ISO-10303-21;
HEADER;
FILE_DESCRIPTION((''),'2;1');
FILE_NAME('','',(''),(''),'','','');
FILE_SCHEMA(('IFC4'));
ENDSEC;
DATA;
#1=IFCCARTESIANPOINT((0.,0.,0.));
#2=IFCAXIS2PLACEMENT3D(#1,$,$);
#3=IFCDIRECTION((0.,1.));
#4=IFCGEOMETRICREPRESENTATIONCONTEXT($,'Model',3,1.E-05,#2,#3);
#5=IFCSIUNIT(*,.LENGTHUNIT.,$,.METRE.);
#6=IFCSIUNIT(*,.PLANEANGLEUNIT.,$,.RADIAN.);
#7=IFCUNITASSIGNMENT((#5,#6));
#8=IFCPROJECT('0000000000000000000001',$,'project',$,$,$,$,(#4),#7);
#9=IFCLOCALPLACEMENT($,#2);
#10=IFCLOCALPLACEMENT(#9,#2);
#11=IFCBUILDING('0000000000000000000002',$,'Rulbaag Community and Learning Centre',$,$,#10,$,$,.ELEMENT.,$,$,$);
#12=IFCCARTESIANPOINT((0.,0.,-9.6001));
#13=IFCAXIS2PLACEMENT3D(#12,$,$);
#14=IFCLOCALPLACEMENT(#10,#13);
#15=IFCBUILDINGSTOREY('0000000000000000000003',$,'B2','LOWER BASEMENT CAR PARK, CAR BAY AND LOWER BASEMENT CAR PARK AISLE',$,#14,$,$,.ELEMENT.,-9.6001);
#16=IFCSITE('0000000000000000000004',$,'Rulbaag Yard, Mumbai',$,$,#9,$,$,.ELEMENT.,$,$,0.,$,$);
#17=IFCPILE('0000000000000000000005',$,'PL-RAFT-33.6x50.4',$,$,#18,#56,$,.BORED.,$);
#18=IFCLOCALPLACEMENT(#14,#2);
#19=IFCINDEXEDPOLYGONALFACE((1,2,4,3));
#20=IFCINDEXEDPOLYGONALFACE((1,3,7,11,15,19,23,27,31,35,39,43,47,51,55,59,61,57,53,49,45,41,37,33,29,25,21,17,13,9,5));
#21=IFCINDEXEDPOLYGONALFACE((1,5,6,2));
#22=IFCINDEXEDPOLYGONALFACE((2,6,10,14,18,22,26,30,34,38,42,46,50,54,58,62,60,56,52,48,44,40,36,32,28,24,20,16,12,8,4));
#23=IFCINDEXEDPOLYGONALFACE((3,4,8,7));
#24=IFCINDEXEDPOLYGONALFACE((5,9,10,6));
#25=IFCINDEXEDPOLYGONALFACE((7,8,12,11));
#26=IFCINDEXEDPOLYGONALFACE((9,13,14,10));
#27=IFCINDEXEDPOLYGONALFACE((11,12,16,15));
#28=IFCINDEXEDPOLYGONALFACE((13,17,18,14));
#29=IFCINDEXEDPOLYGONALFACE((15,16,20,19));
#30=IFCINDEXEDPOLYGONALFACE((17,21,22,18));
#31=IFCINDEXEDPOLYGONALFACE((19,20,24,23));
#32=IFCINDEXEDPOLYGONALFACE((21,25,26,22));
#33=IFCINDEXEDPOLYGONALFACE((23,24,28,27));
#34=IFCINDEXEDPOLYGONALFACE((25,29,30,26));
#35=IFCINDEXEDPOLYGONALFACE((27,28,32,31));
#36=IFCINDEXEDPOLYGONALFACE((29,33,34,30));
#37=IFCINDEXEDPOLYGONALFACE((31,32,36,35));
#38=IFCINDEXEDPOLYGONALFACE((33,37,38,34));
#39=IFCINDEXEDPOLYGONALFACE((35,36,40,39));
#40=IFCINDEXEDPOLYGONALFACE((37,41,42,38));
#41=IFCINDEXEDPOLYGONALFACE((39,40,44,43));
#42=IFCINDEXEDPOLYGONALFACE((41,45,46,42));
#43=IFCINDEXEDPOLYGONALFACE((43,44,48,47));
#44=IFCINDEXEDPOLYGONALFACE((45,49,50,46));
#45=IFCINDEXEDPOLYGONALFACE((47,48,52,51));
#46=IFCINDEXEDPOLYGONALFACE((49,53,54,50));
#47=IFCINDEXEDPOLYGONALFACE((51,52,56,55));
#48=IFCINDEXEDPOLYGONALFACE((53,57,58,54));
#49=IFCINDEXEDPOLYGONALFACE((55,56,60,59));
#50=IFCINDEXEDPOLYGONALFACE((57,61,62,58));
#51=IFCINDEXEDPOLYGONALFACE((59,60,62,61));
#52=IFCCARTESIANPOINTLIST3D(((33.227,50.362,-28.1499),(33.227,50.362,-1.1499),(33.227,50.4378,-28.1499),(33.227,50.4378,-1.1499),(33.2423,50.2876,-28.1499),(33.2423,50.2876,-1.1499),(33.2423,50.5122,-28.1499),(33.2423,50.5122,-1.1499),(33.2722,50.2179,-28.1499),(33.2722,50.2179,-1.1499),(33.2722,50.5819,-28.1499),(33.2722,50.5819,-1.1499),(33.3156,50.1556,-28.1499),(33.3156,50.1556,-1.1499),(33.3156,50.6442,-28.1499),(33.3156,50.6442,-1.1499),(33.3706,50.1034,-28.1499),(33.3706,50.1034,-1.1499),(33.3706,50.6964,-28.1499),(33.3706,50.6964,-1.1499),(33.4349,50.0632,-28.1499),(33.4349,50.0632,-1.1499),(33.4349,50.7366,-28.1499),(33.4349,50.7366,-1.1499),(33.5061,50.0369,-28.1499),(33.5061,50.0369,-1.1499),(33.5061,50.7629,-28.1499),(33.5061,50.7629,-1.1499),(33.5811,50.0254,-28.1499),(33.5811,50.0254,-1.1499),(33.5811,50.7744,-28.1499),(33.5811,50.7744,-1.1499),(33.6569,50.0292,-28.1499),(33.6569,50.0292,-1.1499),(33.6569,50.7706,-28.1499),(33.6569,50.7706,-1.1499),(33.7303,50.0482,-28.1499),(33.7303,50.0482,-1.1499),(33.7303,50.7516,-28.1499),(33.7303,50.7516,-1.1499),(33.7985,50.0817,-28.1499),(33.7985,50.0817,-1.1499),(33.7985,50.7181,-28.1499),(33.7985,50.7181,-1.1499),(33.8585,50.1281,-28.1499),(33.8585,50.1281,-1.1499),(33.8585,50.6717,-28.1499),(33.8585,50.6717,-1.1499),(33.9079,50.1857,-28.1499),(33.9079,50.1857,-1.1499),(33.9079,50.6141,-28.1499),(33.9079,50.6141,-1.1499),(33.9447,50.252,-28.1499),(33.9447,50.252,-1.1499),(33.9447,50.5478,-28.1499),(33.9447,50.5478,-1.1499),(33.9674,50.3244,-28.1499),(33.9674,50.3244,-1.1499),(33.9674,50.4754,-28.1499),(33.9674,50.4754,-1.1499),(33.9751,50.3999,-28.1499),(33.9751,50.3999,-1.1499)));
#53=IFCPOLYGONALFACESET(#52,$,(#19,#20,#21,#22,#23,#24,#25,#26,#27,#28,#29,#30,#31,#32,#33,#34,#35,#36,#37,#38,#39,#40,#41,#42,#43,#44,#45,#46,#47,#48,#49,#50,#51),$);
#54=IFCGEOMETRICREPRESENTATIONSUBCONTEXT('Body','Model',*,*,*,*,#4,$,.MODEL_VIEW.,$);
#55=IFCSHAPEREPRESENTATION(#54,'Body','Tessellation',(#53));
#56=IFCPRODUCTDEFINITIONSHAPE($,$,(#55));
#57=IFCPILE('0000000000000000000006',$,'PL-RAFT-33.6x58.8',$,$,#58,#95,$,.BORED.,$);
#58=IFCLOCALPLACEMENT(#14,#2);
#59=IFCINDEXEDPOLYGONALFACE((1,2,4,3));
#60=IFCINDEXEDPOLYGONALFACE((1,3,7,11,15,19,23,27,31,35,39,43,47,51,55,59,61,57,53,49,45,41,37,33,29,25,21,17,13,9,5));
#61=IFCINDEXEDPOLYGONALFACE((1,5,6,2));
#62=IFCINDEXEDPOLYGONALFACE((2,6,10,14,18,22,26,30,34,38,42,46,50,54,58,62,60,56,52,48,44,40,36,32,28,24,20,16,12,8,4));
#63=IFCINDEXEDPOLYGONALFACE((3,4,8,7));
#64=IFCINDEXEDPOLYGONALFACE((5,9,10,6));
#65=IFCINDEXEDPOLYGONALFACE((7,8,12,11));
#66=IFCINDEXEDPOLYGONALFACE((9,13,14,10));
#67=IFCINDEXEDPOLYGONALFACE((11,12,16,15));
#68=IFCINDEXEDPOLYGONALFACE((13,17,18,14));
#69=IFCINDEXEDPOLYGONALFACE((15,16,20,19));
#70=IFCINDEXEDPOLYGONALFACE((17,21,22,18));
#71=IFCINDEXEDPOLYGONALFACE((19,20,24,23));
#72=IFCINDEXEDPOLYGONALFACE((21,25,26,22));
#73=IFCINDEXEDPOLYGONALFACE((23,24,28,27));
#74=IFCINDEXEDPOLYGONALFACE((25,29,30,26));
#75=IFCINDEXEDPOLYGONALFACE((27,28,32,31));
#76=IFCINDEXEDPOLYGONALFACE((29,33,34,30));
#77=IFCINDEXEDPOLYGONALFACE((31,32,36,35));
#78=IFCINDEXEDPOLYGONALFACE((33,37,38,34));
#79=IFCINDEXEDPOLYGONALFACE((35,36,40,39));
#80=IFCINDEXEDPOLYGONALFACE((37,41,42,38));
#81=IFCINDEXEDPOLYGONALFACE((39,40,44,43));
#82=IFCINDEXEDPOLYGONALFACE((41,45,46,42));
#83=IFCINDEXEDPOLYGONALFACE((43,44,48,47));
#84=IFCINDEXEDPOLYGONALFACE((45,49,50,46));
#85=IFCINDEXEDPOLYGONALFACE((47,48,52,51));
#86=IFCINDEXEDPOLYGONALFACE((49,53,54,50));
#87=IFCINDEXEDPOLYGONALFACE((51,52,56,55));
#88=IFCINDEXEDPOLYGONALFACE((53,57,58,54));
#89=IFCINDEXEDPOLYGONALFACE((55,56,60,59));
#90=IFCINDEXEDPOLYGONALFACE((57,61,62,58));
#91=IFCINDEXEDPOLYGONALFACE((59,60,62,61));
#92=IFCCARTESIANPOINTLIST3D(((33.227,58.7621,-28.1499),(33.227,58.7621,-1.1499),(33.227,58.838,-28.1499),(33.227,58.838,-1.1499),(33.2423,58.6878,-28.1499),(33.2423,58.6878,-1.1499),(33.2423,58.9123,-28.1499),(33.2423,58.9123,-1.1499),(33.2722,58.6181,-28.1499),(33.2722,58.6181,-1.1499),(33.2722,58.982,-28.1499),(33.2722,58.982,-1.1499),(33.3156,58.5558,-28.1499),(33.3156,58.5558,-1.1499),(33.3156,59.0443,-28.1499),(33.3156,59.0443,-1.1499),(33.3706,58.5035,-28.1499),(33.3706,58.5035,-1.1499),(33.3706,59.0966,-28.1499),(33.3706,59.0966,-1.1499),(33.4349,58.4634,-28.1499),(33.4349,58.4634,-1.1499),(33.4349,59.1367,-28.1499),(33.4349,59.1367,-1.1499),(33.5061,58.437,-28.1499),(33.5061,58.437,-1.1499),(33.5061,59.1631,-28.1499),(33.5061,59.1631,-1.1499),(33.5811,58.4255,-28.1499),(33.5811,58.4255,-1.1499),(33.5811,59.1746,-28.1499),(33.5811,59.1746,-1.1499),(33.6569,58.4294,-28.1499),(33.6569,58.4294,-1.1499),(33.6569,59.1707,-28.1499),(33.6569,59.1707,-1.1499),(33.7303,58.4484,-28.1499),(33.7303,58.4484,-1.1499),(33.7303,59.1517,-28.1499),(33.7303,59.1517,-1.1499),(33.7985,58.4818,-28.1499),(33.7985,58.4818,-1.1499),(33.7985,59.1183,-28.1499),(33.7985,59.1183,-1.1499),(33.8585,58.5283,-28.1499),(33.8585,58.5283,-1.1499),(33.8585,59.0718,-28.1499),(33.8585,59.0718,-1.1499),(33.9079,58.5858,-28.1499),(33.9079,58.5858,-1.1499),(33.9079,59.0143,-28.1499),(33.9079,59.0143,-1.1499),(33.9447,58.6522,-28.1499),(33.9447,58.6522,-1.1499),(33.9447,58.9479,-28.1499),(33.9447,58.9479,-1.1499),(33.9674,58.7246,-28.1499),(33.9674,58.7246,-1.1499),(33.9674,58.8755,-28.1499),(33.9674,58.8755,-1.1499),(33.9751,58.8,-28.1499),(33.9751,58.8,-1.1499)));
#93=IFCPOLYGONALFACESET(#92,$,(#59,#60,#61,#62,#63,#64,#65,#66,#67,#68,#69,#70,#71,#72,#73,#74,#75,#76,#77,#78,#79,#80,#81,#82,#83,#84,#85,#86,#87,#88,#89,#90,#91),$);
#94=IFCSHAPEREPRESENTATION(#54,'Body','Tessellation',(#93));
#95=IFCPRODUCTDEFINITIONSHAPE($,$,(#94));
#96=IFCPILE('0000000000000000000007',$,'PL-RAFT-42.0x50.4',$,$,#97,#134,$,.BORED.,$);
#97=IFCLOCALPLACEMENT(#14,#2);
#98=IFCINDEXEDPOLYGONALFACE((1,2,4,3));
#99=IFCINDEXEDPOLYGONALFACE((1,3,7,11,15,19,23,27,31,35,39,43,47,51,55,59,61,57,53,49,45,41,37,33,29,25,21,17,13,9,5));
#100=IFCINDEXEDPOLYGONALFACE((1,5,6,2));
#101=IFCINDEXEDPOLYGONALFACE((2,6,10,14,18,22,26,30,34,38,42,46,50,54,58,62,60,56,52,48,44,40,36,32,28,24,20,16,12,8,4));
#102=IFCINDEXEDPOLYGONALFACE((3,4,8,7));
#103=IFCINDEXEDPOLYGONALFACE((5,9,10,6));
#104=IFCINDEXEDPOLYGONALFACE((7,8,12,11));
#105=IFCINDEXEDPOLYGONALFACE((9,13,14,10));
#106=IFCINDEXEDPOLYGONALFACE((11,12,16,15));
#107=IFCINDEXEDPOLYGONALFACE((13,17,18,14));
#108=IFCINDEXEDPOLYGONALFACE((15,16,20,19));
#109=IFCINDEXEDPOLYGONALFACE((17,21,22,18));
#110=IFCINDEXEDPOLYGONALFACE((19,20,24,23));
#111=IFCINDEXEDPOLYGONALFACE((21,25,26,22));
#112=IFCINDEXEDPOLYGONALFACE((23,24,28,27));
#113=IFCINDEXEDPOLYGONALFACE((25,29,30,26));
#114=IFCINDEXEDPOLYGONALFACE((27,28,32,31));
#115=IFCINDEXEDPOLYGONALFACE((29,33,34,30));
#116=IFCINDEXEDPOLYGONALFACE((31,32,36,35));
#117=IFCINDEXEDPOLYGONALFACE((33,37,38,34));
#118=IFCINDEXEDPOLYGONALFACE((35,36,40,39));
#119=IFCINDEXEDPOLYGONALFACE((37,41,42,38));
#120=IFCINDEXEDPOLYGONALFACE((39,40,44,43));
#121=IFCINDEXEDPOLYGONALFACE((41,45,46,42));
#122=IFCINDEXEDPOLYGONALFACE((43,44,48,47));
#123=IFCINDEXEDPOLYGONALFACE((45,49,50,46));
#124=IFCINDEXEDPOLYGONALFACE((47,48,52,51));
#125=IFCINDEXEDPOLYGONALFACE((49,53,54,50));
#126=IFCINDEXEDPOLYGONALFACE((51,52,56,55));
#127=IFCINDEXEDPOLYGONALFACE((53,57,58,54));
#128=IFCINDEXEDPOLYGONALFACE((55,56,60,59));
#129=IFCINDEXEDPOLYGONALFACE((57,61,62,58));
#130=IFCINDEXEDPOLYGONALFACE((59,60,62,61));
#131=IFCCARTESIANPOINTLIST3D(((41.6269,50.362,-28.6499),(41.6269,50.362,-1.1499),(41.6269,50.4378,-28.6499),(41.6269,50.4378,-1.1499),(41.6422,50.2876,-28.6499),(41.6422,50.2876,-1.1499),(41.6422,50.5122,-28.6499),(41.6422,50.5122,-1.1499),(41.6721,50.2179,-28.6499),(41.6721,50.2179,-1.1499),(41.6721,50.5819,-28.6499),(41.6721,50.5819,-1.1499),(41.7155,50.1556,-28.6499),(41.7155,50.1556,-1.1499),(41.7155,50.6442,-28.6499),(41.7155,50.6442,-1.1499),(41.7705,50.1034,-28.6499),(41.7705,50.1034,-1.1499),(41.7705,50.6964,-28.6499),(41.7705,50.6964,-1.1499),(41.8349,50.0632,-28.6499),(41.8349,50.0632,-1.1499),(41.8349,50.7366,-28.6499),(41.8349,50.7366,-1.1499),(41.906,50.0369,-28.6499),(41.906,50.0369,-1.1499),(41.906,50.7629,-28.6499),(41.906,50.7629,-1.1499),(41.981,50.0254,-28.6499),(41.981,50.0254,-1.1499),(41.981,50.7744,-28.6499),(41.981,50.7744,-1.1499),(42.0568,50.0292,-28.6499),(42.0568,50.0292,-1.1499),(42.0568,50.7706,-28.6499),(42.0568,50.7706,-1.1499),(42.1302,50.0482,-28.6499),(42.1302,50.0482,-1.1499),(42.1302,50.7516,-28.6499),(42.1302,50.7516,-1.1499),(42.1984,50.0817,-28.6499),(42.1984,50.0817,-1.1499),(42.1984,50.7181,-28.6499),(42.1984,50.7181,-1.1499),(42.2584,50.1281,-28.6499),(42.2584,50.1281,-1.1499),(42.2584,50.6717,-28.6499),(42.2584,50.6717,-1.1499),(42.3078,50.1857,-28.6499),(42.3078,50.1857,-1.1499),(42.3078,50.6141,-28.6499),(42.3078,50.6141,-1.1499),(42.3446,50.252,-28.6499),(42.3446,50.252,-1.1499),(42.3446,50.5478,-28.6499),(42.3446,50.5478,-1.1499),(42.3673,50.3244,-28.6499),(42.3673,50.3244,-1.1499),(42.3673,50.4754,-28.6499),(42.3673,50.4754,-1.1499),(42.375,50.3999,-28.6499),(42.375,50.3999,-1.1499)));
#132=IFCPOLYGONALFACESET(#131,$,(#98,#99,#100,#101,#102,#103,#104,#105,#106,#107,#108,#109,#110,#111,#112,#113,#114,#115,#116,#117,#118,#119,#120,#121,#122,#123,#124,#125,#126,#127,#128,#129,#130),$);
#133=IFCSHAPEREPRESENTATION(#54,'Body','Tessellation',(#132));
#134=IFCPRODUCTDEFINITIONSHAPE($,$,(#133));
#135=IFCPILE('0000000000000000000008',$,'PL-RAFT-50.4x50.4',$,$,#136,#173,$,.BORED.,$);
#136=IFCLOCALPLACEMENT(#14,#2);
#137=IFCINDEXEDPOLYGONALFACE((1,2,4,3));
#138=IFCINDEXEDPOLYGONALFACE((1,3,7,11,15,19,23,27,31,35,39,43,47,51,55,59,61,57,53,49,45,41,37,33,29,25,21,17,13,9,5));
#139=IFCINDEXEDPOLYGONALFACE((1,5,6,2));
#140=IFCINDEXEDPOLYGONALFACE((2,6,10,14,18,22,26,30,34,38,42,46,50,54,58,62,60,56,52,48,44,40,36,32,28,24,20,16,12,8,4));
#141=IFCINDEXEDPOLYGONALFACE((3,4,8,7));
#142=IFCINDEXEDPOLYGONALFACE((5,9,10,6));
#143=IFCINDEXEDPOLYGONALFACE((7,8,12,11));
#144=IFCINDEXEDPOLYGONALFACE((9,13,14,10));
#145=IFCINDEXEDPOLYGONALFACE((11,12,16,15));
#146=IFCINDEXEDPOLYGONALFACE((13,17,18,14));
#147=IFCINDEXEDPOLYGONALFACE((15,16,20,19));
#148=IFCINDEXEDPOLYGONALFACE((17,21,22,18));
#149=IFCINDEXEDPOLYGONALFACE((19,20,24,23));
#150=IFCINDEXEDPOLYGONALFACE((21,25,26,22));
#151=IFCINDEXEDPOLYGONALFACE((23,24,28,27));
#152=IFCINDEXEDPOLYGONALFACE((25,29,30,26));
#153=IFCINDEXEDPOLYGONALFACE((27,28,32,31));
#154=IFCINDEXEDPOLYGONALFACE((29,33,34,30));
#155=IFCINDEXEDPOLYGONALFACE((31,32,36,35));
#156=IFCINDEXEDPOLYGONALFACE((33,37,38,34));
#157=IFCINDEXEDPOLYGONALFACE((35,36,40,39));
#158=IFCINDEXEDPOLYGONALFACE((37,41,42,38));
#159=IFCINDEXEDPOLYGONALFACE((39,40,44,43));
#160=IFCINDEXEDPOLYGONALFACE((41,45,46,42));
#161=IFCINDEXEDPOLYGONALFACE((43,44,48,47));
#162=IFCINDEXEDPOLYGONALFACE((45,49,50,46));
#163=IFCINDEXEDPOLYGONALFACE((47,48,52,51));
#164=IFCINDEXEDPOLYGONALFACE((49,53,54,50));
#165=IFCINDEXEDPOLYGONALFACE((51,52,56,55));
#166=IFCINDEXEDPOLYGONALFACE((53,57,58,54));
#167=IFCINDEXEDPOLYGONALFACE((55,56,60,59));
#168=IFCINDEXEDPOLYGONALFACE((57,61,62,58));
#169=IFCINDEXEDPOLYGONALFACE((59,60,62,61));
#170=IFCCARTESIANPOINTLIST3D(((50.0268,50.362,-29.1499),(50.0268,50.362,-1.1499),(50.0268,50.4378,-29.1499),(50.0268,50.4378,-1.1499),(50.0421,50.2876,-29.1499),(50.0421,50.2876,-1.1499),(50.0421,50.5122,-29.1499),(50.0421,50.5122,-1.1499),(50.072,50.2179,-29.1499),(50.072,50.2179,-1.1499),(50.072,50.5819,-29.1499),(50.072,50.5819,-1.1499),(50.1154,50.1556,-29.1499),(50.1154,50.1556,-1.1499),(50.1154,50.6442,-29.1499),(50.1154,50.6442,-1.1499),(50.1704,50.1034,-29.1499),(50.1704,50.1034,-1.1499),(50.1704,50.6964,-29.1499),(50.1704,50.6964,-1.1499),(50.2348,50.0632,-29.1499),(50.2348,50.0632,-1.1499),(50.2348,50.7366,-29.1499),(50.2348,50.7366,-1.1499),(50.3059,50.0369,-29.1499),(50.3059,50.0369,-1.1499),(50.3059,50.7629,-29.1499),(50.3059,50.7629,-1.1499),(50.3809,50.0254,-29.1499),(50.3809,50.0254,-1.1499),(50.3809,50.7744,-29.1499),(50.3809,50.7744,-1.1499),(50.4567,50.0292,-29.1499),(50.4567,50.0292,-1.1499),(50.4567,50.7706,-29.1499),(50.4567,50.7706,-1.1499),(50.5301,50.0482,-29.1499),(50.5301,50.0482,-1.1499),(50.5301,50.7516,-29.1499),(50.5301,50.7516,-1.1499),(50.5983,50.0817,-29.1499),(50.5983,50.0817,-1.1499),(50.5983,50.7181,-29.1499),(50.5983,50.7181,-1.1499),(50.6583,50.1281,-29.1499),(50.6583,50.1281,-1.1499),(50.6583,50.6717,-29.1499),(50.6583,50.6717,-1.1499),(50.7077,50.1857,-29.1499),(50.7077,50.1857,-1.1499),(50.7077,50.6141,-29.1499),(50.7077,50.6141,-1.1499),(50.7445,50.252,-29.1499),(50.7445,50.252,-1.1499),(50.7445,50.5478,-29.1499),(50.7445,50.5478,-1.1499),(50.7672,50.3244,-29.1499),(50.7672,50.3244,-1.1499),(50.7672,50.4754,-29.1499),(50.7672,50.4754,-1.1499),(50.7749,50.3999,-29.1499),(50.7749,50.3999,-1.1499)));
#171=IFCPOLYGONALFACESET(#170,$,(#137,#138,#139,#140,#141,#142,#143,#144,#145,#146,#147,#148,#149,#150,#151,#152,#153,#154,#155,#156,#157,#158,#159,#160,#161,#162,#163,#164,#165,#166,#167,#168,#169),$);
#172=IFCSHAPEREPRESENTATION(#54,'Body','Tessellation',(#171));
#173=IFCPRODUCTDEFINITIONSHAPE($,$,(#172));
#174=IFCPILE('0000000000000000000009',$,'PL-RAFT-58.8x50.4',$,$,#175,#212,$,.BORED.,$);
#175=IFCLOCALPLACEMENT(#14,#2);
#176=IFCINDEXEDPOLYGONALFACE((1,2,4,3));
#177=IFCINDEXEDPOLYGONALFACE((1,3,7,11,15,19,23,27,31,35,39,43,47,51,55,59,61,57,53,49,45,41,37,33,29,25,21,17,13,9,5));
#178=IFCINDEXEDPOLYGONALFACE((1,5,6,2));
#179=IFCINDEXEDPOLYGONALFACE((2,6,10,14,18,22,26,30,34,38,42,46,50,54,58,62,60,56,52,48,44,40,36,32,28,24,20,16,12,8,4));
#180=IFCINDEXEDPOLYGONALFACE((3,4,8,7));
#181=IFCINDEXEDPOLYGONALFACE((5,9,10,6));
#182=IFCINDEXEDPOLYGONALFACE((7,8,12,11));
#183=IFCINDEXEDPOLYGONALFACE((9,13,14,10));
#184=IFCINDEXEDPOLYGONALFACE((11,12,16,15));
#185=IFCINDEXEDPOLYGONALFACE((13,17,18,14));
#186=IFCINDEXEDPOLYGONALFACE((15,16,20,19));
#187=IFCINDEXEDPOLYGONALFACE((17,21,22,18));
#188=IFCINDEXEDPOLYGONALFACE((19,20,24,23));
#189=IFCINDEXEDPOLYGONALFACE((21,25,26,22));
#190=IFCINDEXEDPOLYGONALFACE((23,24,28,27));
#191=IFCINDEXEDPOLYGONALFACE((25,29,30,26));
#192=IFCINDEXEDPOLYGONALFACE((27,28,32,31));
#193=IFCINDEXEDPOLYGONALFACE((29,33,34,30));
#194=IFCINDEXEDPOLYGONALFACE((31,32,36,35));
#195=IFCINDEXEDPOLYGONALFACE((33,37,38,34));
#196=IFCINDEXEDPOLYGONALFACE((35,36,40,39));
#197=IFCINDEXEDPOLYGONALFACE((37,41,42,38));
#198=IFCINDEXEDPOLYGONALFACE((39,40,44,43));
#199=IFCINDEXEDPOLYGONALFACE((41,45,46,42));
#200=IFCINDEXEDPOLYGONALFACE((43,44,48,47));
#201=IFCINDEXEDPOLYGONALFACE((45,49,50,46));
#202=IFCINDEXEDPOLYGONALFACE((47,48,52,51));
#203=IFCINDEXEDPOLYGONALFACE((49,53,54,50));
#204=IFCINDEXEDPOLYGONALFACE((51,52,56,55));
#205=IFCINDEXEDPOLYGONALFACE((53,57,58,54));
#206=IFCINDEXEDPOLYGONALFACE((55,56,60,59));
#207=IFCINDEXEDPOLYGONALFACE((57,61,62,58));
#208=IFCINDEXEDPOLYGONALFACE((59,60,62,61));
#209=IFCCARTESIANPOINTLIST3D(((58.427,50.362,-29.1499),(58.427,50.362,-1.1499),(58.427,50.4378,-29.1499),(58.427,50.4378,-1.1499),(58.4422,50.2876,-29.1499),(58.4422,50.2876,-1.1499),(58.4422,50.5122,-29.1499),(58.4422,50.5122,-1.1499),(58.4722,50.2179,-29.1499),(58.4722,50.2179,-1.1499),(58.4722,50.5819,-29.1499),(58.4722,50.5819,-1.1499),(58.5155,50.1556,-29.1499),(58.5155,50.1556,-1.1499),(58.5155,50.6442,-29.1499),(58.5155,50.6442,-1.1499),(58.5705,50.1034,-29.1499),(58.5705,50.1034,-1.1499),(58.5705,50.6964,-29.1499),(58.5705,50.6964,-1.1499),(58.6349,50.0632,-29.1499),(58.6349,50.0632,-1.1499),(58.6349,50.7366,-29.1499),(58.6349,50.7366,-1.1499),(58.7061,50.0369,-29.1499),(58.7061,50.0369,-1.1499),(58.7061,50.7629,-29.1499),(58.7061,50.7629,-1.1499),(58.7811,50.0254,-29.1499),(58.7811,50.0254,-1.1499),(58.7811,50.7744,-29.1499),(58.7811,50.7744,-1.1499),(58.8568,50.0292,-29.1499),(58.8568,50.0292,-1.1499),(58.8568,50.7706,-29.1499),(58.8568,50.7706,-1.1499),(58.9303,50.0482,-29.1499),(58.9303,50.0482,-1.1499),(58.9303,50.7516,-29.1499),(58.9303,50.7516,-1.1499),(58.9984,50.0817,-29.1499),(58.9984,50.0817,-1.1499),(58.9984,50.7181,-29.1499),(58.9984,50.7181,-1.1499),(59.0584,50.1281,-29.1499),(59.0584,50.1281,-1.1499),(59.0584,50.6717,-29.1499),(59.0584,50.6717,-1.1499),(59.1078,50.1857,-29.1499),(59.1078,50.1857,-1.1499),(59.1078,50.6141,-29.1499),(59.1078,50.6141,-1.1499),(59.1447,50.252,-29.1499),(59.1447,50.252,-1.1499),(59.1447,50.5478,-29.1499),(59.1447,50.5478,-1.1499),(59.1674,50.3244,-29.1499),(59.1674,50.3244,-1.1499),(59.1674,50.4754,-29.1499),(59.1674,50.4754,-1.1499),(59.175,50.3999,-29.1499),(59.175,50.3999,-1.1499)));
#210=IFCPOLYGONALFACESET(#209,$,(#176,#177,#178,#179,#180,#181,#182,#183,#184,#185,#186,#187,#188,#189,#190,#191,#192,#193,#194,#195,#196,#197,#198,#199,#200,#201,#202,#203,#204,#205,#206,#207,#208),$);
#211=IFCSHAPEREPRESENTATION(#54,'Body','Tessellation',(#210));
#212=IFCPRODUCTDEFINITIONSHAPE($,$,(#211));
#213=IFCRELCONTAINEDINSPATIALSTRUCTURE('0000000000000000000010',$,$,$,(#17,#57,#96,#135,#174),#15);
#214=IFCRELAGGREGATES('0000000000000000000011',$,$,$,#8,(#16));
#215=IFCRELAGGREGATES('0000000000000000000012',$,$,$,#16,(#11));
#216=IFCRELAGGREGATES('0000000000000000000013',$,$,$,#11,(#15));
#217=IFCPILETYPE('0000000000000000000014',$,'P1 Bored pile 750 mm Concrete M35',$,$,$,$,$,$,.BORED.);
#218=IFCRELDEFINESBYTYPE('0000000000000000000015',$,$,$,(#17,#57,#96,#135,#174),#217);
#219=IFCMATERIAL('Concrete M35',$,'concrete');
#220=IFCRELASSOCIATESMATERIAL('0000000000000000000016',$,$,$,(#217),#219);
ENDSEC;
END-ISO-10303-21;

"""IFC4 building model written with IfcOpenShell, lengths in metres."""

from ifc_helpers import new_model, si_unit, direction, frame, origin, origin_2d, place, context, subcontext, project, spatial, circle, extrude, material, material_profile, profile_set, type_object, element, save


model = new_model("IFC4")

# Units and contexts
model_context = context("Model", 3, precision=1e-05, world=origin(), true_north=direction((0.0, 1.0)))
body_context = subcontext(model_context, "Body", "Model", "MODEL_VIEW")
ifc_project = project(units=[si_unit("LENGTHUNIT", "METRE"), si_unit("PLANEANGLEUNIT", "RADIAN")], contexts=[model_context])

# Site, building, storey
site_placement = place(None, origin())
site = spatial("IfcSite", under=ifc_project, at=site_placement, Name="Rulbaag Yard, Mumbai", CompositionType="ELEMENT", RefElevation=0.0)
building_placement = place(site_placement, origin())
building = spatial("IfcBuilding", under=site, at=building_placement, Name="Rulbaag Community and Learning Centre", CompositionType="ELEMENT")
storey_placement = place(building_placement, frame((0.0, 0.0, -9.6001)))
storey = spatial("IfcBuildingStorey", under=building, at=storey_placement, Name="B2", Description="LOWER BASEMENT CAR PARK, CAR BAY AND LOWER BASEMENT CAR PARK AISLE", CompositionType="ELEMENT", Elevation=-9.6001)

# Shared definitions
ifc_material_1 = material(Name="Concrete M35", Category="concrete")

# Piles
ifc_material_profile_1 = material_profile(ifc_material_1, circle(Radius=0.375, at=origin_2d()), Name="BP750")
ifc_profile_set_1 = profile_set([ifc_material_profile_1], Name="Concrete M35")
pile_type_1 = type_object("IfcPileType", Name="P1 Bored pile 750 mm Concrete M35", PredefinedType="BORED", material=ifc_profile_set_1)
for number, where, z_axis, x_axis, name in (
    (1, (33.6001, 50.3999, -1.1499), (0.0, 0.0, -1.0), (1.0, 0.0, 0.0), "PL-RAFT-33.6x50.4"),
    (2, (33.6001, 58.8, -1.1499), (0.0, 0.0, -1.0), (1.0, 0.0, 0.0), "PL-RAFT-33.6x58.8"),
):
    element("IfcPile", number, at=place(storey_placement, frame(where, z_axis=z_axis, x_axis=x_axis)), inside=storey, type_object=pile_type_1, Name=name, PredefinedType="BORED", context=body_context, shape_type="SweptSolid", body=[
        extrude(circle(Radius=0.375, at=origin_2d()), origin(), (0.0, 0.0, 1.0), 27.0),
    ])
pile_1_placement = place(storey_placement, frame((42.0, 50.3999, -1.1499), z_axis=(0.0, 0.0, -1.0), x_axis=(1.0, 0.0, 0.0)))
element("IfcPile", 3, at=pile_1_placement, inside=storey, type_object=pile_type_1, Name="PL-RAFT-42.0x50.4", PredefinedType="BORED", context=body_context, shape_type="SweptSolid", body=[
    extrude(circle(Radius=0.375, at=origin_2d()), origin(), (0.0, 0.0, 1.0), 27.5),
])
for number, where, z_axis, x_axis, name in (
    (4, (50.3999, 50.3999, -1.1499), (0.0, 0.0, -1.0), (1.0, 0.0, 0.0), "PL-RAFT-50.4x50.4"),
    (5, (58.8, 50.3999, -1.1499), (0.0, 0.0, -1.0), (1.0, 0.0, 0.0), "PL-RAFT-58.8x50.4"),
):
    element("IfcPile", number, at=place(storey_placement, frame(where, z_axis=z_axis, x_axis=x_axis)), inside=storey, type_object=pile_type_1, Name=name, PredefinedType="BORED", context=body_context, shape_type="SweptSolid", body=[
        extrude(circle(Radius=0.375, at=origin_2d()), origin(), (0.0, 0.0, 1.0), 28.0),
    ])

save(model, "model.ifc")
